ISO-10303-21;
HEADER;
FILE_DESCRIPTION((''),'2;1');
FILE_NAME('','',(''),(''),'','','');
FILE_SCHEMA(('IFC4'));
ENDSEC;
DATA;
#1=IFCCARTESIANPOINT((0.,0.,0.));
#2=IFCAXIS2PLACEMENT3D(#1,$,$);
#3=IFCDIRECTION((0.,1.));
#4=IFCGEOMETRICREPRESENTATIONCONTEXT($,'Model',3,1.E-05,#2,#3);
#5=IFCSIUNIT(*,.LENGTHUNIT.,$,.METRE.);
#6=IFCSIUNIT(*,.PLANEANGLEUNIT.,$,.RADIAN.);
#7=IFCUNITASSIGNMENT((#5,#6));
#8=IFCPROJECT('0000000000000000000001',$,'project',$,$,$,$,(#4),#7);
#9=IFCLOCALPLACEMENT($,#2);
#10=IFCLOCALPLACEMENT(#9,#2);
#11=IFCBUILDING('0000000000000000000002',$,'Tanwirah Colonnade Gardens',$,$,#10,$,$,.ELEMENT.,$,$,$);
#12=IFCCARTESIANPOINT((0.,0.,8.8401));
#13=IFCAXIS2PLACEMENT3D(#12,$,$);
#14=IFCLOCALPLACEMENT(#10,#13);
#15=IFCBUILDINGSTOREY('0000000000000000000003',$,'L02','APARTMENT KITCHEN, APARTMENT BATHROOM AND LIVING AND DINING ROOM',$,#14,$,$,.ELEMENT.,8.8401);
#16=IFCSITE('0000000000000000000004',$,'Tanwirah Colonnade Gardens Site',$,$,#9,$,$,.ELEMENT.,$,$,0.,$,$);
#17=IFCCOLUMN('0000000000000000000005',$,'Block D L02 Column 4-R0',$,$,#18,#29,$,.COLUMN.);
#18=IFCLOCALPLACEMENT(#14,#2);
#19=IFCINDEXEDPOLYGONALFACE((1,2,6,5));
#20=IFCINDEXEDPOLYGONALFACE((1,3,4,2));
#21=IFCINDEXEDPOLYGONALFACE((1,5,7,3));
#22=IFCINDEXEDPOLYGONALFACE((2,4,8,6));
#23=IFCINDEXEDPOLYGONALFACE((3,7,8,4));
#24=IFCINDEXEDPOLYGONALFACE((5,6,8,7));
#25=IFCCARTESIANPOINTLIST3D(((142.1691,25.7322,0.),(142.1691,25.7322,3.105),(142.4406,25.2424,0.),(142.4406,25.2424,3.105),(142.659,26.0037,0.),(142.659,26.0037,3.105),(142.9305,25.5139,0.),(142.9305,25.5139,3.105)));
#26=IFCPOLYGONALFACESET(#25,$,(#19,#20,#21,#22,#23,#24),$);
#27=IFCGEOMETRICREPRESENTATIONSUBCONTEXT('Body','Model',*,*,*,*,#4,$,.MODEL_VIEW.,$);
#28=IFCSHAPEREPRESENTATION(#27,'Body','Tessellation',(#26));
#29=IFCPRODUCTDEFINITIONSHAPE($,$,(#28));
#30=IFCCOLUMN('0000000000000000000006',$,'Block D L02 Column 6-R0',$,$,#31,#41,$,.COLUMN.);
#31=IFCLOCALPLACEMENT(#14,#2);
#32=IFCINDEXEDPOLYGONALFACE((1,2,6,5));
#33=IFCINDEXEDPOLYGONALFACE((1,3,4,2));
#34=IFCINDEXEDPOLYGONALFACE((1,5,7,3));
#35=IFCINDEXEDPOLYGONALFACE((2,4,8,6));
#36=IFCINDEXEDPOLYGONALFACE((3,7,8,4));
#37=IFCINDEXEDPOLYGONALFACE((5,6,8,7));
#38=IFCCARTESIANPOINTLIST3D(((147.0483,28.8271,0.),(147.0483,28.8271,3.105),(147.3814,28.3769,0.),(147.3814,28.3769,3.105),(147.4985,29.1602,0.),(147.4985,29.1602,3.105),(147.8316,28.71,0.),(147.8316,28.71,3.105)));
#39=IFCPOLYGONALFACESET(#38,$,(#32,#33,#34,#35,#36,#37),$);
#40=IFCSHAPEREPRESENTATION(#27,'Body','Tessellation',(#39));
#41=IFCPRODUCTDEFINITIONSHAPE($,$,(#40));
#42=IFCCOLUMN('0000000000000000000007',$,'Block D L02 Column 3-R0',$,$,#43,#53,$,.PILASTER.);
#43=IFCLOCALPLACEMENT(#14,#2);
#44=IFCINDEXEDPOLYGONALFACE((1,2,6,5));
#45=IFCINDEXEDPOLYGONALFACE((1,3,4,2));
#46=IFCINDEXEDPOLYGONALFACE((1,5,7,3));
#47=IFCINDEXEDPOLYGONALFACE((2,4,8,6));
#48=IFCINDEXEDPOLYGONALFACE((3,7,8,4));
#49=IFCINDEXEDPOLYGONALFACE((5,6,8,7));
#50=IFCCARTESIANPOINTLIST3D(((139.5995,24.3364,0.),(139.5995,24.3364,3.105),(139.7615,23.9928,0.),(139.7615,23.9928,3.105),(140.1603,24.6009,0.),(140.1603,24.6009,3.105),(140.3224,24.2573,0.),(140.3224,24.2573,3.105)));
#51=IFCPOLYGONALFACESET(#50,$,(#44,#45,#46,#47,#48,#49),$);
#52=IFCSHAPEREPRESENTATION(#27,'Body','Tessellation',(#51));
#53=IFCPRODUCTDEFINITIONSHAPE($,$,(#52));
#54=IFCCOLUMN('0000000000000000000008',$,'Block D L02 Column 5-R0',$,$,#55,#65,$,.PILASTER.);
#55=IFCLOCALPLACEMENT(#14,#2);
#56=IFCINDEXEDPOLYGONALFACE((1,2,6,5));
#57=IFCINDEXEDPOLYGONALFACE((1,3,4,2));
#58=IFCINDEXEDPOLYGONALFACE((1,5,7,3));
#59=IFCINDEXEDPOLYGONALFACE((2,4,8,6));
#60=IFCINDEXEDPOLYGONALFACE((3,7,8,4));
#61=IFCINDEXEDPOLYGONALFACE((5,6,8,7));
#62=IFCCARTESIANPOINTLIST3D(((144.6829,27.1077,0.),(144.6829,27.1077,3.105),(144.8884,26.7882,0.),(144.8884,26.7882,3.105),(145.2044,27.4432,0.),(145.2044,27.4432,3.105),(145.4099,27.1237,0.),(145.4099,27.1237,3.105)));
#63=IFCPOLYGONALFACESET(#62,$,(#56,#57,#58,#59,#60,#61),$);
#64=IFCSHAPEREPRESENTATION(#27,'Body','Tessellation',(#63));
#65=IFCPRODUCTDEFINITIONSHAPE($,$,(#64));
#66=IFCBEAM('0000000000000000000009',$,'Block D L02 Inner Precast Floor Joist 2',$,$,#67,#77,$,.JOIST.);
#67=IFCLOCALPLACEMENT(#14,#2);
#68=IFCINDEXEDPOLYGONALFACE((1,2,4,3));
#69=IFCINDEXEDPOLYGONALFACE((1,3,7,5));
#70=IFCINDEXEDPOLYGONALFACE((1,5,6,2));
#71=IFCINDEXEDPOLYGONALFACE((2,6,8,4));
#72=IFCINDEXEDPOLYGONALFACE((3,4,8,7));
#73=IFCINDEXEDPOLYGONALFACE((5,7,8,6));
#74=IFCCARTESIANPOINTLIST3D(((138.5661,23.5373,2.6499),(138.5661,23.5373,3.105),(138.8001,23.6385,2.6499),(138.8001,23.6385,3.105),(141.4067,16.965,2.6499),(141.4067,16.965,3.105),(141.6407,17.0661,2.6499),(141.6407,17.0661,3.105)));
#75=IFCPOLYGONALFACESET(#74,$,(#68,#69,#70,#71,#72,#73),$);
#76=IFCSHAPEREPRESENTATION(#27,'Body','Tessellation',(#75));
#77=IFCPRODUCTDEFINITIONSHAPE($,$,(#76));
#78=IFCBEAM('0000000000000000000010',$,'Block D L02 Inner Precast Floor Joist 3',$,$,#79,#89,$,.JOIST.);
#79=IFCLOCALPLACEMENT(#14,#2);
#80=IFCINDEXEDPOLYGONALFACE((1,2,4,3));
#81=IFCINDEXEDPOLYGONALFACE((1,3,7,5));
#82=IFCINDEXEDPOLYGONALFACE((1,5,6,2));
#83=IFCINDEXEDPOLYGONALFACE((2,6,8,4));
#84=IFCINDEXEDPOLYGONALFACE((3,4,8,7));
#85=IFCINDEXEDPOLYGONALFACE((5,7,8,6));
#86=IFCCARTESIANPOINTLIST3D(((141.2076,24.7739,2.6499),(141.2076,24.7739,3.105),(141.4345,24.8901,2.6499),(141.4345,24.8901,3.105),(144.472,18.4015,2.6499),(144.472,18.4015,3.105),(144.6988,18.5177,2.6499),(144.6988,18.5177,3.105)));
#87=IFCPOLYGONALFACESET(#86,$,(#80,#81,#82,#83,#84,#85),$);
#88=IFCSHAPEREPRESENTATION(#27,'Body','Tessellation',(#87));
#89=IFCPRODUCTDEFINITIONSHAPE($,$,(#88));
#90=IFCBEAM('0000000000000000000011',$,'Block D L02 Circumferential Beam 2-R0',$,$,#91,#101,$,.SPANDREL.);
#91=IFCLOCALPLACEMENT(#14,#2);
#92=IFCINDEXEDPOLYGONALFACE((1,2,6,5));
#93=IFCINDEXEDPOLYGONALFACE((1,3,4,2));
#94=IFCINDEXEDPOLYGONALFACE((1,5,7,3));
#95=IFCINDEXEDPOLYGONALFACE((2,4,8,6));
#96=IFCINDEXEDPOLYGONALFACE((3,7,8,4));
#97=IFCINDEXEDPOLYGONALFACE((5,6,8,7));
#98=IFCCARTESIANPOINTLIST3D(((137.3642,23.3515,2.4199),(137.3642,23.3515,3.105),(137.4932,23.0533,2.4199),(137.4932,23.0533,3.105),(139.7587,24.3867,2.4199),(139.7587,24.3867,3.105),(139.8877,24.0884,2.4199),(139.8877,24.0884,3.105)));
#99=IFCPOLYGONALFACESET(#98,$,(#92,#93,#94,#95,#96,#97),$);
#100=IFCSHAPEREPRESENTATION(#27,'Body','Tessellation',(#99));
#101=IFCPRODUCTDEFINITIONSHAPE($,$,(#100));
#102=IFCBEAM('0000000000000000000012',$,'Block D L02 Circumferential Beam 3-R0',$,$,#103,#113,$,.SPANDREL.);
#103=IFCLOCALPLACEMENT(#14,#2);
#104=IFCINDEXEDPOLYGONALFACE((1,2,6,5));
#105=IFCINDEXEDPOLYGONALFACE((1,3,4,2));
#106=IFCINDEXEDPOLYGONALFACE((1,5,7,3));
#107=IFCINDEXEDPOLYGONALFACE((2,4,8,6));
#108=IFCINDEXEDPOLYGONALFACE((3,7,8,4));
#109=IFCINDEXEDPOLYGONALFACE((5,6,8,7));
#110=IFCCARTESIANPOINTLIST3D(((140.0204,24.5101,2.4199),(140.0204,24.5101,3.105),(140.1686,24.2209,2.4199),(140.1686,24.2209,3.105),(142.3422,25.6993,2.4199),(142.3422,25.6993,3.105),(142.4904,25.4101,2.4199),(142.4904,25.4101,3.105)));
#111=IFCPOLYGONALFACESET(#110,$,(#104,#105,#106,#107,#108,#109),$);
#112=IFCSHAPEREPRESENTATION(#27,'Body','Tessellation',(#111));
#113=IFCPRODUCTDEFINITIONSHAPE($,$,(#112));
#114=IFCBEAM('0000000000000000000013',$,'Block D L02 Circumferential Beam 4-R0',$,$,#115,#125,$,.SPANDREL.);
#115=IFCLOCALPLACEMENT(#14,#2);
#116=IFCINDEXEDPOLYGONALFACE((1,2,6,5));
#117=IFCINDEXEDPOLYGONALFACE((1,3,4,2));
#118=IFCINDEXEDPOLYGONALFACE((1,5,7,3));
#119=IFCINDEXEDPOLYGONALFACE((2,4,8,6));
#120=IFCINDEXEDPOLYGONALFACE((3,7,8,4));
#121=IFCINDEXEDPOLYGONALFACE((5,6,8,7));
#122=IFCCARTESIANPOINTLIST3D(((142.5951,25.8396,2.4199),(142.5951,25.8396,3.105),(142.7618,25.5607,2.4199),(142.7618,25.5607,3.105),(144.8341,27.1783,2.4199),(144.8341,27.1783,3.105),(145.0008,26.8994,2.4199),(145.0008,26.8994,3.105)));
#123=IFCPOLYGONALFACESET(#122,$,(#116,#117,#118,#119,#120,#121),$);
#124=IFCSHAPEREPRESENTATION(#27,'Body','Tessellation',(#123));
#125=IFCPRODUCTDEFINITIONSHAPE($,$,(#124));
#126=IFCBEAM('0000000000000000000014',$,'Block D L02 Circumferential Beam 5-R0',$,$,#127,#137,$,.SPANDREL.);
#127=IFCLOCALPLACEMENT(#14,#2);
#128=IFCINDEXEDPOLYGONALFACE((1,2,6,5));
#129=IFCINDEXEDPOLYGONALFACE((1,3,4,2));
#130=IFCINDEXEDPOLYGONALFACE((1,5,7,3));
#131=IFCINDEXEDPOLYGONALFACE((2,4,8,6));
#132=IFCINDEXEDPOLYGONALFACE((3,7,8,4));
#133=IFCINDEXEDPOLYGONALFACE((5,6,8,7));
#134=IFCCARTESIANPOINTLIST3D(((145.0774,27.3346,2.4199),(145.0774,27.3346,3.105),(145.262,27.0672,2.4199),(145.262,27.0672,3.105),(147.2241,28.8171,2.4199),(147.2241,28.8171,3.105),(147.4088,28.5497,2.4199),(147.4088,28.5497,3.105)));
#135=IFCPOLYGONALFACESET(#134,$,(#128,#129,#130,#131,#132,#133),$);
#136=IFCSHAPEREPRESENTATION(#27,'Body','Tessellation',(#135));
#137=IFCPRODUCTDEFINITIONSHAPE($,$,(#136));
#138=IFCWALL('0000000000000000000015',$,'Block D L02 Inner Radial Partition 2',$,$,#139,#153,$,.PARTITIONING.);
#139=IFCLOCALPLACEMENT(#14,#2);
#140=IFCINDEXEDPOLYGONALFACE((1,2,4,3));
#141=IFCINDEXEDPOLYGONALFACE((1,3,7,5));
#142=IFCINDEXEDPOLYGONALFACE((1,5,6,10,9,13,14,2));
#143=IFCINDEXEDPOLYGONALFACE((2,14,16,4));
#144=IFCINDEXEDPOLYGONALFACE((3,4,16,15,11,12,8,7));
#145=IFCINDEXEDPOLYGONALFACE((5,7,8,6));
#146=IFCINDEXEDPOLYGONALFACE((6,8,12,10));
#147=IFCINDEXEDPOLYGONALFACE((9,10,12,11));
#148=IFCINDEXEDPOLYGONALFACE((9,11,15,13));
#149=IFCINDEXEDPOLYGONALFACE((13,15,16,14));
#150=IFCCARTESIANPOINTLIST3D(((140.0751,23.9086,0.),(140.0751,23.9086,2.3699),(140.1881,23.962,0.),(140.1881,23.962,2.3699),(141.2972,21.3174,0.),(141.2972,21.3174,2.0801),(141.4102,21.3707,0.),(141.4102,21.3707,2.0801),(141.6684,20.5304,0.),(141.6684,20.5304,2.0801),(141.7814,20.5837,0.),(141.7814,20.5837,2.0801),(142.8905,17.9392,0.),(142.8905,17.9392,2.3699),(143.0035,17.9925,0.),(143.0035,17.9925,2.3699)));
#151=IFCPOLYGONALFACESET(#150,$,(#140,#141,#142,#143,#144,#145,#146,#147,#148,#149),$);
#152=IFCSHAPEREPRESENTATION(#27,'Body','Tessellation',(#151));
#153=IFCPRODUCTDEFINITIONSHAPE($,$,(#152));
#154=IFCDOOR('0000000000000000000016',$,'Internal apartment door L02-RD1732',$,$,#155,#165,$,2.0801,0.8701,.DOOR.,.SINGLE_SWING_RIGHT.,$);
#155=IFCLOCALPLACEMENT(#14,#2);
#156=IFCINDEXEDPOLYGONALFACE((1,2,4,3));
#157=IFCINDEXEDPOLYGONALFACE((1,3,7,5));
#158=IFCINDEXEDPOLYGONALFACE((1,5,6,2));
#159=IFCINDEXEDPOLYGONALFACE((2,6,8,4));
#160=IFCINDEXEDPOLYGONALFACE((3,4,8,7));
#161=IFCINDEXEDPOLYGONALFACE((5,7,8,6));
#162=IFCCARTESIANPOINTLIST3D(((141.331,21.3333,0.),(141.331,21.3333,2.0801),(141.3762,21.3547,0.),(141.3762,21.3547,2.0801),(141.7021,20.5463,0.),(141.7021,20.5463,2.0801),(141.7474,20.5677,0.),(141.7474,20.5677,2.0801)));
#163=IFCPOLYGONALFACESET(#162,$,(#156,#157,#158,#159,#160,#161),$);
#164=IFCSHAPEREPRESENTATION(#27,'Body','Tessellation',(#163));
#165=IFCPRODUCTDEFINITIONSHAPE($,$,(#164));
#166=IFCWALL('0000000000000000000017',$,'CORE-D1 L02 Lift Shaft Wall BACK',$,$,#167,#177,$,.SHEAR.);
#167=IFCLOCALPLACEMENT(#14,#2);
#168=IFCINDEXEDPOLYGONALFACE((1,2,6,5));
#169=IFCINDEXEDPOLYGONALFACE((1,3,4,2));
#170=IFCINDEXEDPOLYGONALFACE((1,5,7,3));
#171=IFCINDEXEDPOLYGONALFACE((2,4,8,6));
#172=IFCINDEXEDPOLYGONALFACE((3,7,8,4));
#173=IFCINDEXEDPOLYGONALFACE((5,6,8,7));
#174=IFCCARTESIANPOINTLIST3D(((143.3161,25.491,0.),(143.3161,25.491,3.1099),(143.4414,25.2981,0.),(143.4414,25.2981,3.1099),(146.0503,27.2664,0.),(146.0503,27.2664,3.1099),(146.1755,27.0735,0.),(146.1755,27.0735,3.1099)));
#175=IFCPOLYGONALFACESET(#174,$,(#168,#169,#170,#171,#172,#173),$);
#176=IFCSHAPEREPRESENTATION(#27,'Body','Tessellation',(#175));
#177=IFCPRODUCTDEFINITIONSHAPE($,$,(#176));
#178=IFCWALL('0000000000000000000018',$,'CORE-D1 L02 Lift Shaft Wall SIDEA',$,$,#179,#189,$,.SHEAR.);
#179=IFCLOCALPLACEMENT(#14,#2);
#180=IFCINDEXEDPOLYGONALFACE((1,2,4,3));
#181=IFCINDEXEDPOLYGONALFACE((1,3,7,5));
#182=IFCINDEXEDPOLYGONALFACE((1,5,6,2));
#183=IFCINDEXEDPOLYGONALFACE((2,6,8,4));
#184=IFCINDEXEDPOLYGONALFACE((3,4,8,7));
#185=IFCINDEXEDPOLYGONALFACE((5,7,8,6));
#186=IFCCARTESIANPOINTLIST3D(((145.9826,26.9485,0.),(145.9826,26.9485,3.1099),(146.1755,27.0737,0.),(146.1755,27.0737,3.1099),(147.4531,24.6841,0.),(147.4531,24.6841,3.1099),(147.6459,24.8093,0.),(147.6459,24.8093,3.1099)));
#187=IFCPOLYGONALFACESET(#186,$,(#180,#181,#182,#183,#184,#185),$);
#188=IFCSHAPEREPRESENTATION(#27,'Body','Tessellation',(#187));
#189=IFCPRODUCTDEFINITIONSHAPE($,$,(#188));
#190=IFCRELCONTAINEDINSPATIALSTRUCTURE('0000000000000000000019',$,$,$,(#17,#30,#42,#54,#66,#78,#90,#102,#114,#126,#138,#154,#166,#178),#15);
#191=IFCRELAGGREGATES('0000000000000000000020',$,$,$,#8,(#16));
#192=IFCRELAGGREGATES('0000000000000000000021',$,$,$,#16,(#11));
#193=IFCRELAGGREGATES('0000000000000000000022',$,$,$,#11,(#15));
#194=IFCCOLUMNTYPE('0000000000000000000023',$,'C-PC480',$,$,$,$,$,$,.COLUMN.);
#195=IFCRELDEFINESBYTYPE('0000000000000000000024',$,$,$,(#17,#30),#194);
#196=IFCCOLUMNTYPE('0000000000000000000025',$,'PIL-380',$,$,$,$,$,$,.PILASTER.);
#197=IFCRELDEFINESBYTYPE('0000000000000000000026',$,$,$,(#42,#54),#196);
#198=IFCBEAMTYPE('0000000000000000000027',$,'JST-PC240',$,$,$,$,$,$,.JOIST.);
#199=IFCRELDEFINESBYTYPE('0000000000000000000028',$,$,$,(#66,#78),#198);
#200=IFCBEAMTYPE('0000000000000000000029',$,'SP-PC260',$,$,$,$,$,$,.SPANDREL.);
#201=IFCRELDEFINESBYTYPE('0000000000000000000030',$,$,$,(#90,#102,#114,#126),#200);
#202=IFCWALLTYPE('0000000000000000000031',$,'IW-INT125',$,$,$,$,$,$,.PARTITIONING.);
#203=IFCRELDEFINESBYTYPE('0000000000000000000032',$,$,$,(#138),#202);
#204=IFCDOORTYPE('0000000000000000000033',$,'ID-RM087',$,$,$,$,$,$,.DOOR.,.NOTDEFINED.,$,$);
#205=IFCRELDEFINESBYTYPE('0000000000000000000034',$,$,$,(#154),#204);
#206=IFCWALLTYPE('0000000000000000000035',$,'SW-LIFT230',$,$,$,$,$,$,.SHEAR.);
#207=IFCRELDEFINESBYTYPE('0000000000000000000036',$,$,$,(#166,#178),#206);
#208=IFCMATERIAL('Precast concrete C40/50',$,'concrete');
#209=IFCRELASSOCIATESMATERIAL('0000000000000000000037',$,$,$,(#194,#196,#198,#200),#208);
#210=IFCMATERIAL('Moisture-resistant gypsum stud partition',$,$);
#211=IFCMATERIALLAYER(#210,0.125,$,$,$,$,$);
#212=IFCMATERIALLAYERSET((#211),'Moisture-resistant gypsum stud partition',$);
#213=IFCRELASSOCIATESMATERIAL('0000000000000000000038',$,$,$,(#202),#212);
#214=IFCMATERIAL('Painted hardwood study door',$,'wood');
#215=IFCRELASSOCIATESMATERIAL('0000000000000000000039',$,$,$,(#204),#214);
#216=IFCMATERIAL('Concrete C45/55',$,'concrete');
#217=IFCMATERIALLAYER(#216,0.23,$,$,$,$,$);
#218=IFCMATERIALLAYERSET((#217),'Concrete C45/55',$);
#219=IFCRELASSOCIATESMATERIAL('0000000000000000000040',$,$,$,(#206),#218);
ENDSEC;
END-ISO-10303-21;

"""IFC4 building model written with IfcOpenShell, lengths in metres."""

from ifc_helpers import new_model, si_unit, direction, frame, frame_2d, origin, origin_2d, place, context, subcontext, project, spatial, rectangle, extrude, material, layer, layer_set, material_profile, profile_set, type_object, element, fill, save


model = new_model("IFC4")

# Units and contexts
model_context = context("Model", 3, precision=1e-05, world=origin(), true_north=direction((0.0, 1.0)))
body_context = subcontext(model_context, "Body", "Model", "MODEL_VIEW")
ifc_project = project(units=[si_unit("LENGTHUNIT", "METRE"), si_unit("PLANEANGLEUNIT", "RADIAN")], contexts=[model_context])

# Site, building, storey
site_placement = place(None, origin())
site = spatial("IfcSite", under=ifc_project, at=site_placement, Name="Tanwirah Colonnade Gardens Site", CompositionType="ELEMENT", RefElevation=0.0)
building_placement = place(site_placement, origin())
building = spatial("IfcBuilding", under=site, at=building_placement, Name="Tanwirah Colonnade Gardens", CompositionType="ELEMENT")
storey_placement = place(building_placement, frame((0.0, 0.0, 8.8401)))
storey = spatial("IfcBuildingStorey", under=building, at=storey_placement, Name="L02", Description="APARTMENT KITCHEN, APARTMENT BATHROOM AND LIVING AND DINING ROOM", CompositionType="ELEMENT", Elevation=8.8401)

# Columns
ifc_material_1 = material(Name="Precast concrete C40/50", Category="concrete")
ifc_material_profile_1 = material_profile(ifc_material_1, rectangle(XDim=0.5601, YDim=0.5601, at=origin_2d()), Name="PC-COL 560x560")
ifc_profile_set_1 = profile_set([ifc_material_profile_1], Name="Precast concrete C40/50")
column_type_1 = type_object("IfcColumnType", Name="C-PC480", PredefinedType="COLUMN", material=ifc_profile_set_1)
for number, where, z_axis, x_axis, name in (
    (1, (142.5498, 25.623, 0.0), (0.0, 0.0, 1.0), (0.48481, -0.87462, 0.0), "Block D L02 Column 4-R0"),
    (2, (147.4399, 28.7686, 0.0), (0.0, 0.0, 1.0), (0.594823, -0.803857, 0.0), "Block D L02 Column 6-R0"),
):
    element("IfcColumn", number, at=place(storey_placement, frame(where, z_axis=z_axis, x_axis=x_axis)), inside=storey, type_object=column_type_1, Name=name, PredefinedType="COLUMN", context=body_context, shape_type="SweptSolid", body=[
        extrude(rectangle(XDim=0.5601, YDim=0.5601, at=origin_2d()), origin(), (0.0, 0.0, 1.0), 3.105),
    ])
ifc_material_profile_2 = material_profile(ifc_material_1, rectangle(XDim=0.3799, YDim=0.6201, at=origin_2d()), Name="PC-PIL 380x620")
ifc_profile_set_2 = profile_set([ifc_material_profile_2], Name="Precast concrete C40/50")
column_type_2 = type_object("IfcColumnType", Name="PIL-380", PredefinedType="PILASTER", material=ifc_profile_set_2)
for number, where, z_axis, x_axis, name in (
    (3, (139.9609, 24.2969, 0.0), (0.0, 0.0, 1.0), (0.426569, -0.904455, 0.0), "Block D L02 Column 3-R0"),
    (4, (145.0464, 27.1157, 0.0), (0.0, 0.0, 1.0), (0.540974, -0.841039, 0.0), "Block D L02 Column 5-R0"),
):
    element("IfcColumn", number, at=place(storey_placement, frame(where, z_axis=z_axis, x_axis=x_axis)), inside=storey, type_object=column_type_2, Name=name, PredefinedType="PILASTER", context=body_context, shape_type="SweptSolid", body=[
        extrude(rectangle(XDim=0.3799, YDim=0.6201, at=origin_2d()), origin(), (0.0, 0.0, 1.0), 3.105),
    ])

# Beams
ifc_material_profile_3 = material_profile(ifc_material_1, rectangle(XDim=0.2549, YDim=0.4551, at=origin_2d()), Name="PC-JST 255x455")
ifc_profile_set_3 = profile_set([ifc_material_profile_3], Name="Precast concrete C40/50")
beam_type_1 = type_object("IfcBeamType", Name="JST-PC240", PredefinedType="JOIST", material=ifc_profile_set_3)
for number, where, z_axis, x_axis, name in (
    (5, (138.6831, 23.5879, 2.8774), (0.396736, -0.917933, 0.0), (0.917933, 0.396736, 0.0), "Block D L02 Inner Precast Floor Joist 2"),
    (6, (141.321, 24.832, 2.8774), (0.455921, -0.89002, 0.0), (0.89002, 0.455921, 0.0), "Block D L02 Inner Precast Floor Joist 3"),
):
    element("IfcBeam", number, at=place(storey_placement, frame(where, z_axis=z_axis, x_axis=x_axis)), inside=storey, type_object=beam_type_1, Name=name, PredefinedType="JOIST", context=body_context, shape_type="SweptSolid", body=[
        extrude(rectangle(XDim=0.2549, YDim=0.4551, at=origin_2d()), origin(), (0.0, 0.0, 1.0), 7.1599),
    ])
ifc_material_profile_4 = material_profile(ifc_material_1, rectangle(XDim=0.325, YDim=0.6851, at=origin_2d()), Name="PC-SP 325x685")
ifc_profile_set_4 = profile_set([ifc_material_profile_4], Name="Precast concrete C40/50")
beam_type_2 = type_object("IfcBeamType", Name="SP-PC260", PredefinedType="SPANDREL", material=ifc_profile_set_4)
for number, where, z_axis, x_axis, name in (
    (7, (137.4287, 23.2024, 2.7625), (0.917901, 0.396809, 0.0), (-0.396809, 0.917901, 0.0), "Block D L02 Circumferential Beam 2-R0"),
    (8, (140.0945, 24.3655, 2.7625), (0.890042, 0.455878, 0.0), (-0.455878, 0.890042, 0.0), "Block D L02 Circumferential Beam 3-R0"),
    (9, (142.6785, 25.7002, 2.7625), (0.858301, 0.513146, 0.0), (-0.513146, 0.858301, 0.0), "Block D L02 Circumferential Beam 4-R0"),
):
    element("IfcBeam", number, at=place(storey_placement, frame(where, z_axis=z_axis, x_axis=x_axis)), inside=storey, type_object=beam_type_2, Name=name, PredefinedType="SPANDREL", context=body_context, shape_type="SweptSolid", body=[
        extrude(rectangle(XDim=0.325, YDim=0.6851, at=origin_2d()), origin(), (0.0, 0.0, 1.0), 2.6086),
    ])
beam_placement = place(storey_placement, frame((145.1697, 27.2009, 2.7625), z_axis=(0.822869, 0.568231, 0.0), x_axis=(-0.568231, 0.822869, 0.0)))
element("IfcBeam", 10, at=beam_placement, inside=storey, type_object=beam_type_2, Name="Block D L02 Circumferential Beam 5-R0", PredefinedType="SPANDREL", context=body_context, shape_type="SweptSolid", body=[
    extrude(rectangle(XDim=0.325, YDim=0.6851, at=origin_2d()), origin(), (0.0, 0.0, 1.0), 2.6089),
])

# Wall, opening, door
ifc_material_2 = material(Name="Moisture-resistant gypsum stud partition")
ifc_layer_1 = layer(ifc_material_2, 0.125)
ifc_layer_set_1 = layer_set([ifc_layer_1], Name="Moisture-resistant gypsum stud partition")
wall_type_1 = type_object("IfcWallType", Name="IW-INT125", PredefinedType="PARTITIONING", material=ifc_layer_set_1)
wall_1_placement = place(storey_placement, frame((140.1316, 23.9353, 0.0), z_axis=(0.0, 0.0, 1.0), x_axis=(0.426574, -0.904453, 0.0)))
wall_1 = element("IfcWall", 11, at=wall_1_placement, inside=storey, type_object=wall_type_1, Name="Block D L02 Inner Radial Partition 2", PredefinedType="PARTITIONING", context=body_context, shape_type="SweptSolid", body=[
    extrude(rectangle(XDim=6.6001, YDim=0.125, at=frame_2d((3.3, 0.0))), origin(), (0.0, 0.0, 1.0), 2.3699),
])
opening_1_placement = place(wall_1_placement, frame((2.865, 0.0, 0.0)))
opening_1 = element("IfcOpeningElement", 12, at=opening_1_placement, cuts=wall_1, PredefinedType="OPENING", context=body_context, shape_type="SweptSolid", body=[
    extrude(rectangle(XDim=0.8701, YDim=2.0801, at=frame_2d((0.4351, 1.04))), frame((0.0, 0.0725, 0.0), z_axis=(0.0, -1.0, 0.0), x_axis=(1.0, 0.0, 0.0)), (0.0, 0.0, 1.0), 0.145),
])
ifc_material_3 = material(Name="Painted hardwood study door", Category="wood")
door_type_1 = type_object("IfcDoorType", Name="ID-RM087", OperationType="NOTDEFINED", PredefinedType="DOOR", material=ifc_material_3)
door_1_placement = place(opening_1_placement, origin())
door_1 = element("IfcDoor", 13, at=door_1_placement, inside=storey, type_object=door_type_1, Name="Internal apartment door L02-RD1732", OperationType="SINGLE_SWING_RIGHT", OverallHeight=2.0801, OverallWidth=0.8701, PredefinedType="DOOR", context=body_context, shape_type="SweptSolid", body=[
    extrude(rectangle(XDim=0.8701, YDim=2.0801, at=frame_2d((0.4351, 1.04))), frame((0.0, 0.0249, 0.0), z_axis=(0.0, -1.0, 0.0), x_axis=(1.0, 0.0, 0.0)), (0.0, 0.0, 1.0), 0.05),
])
fill(opening_1, door_1)

# Walls
ifc_material_4 = material(Name="Concrete C45/55", Category="concrete")
ifc_layer_2 = layer(ifc_material_4, 0.23)
ifc_layer_set_2 = layer_set([ifc_layer_2], Name="Concrete C45/55")
wall_type_2 = type_object("IfcWallType", Name="SW-LIFT230", PredefinedType="SHEAR", material=ifc_layer_set_2)
wall_2_placement = place(storey_placement, frame((146.1128, 27.1699, 0.0), z_axis=(0.0, 0.0, 1.0), x_axis=(-0.838695, -0.544601, 0.0)))
element("IfcWall", 14, at=wall_2_placement, inside=storey, type_object=wall_type_2, Name="CORE-D1 L02 Lift Shaft Wall BACK", PredefinedType="SHEAR", context=body_context, shape_type="SweptSolid", body=[
    extrude(rectangle(XDim=3.26, YDim=0.23, at=frame_2d((1.6299, 0.0))), origin(), (0.0, 0.0, 1.0), 3.1099),
])
wall_3_placement = place(storey_placement, frame((147.5496, 24.7466, 0.0), z_axis=(0.0, 0.0, 1.0), x_axis=(-0.544623, 0.838681, 0.0)))
element("IfcWall", 15, at=wall_3_placement, inside=storey, type_object=wall_type_2, Name="CORE-D1 L02 Lift Shaft Wall SIDEA", PredefinedType="SHEAR", context=body_context, shape_type="SweptSolid", body=[
    extrude(rectangle(XDim=2.7, YDim=0.23, at=frame_2d((1.3501, 0.0))), origin(), (0.0, 0.0, 1.0), 3.1099),
])

save(model, "model.ifc")
